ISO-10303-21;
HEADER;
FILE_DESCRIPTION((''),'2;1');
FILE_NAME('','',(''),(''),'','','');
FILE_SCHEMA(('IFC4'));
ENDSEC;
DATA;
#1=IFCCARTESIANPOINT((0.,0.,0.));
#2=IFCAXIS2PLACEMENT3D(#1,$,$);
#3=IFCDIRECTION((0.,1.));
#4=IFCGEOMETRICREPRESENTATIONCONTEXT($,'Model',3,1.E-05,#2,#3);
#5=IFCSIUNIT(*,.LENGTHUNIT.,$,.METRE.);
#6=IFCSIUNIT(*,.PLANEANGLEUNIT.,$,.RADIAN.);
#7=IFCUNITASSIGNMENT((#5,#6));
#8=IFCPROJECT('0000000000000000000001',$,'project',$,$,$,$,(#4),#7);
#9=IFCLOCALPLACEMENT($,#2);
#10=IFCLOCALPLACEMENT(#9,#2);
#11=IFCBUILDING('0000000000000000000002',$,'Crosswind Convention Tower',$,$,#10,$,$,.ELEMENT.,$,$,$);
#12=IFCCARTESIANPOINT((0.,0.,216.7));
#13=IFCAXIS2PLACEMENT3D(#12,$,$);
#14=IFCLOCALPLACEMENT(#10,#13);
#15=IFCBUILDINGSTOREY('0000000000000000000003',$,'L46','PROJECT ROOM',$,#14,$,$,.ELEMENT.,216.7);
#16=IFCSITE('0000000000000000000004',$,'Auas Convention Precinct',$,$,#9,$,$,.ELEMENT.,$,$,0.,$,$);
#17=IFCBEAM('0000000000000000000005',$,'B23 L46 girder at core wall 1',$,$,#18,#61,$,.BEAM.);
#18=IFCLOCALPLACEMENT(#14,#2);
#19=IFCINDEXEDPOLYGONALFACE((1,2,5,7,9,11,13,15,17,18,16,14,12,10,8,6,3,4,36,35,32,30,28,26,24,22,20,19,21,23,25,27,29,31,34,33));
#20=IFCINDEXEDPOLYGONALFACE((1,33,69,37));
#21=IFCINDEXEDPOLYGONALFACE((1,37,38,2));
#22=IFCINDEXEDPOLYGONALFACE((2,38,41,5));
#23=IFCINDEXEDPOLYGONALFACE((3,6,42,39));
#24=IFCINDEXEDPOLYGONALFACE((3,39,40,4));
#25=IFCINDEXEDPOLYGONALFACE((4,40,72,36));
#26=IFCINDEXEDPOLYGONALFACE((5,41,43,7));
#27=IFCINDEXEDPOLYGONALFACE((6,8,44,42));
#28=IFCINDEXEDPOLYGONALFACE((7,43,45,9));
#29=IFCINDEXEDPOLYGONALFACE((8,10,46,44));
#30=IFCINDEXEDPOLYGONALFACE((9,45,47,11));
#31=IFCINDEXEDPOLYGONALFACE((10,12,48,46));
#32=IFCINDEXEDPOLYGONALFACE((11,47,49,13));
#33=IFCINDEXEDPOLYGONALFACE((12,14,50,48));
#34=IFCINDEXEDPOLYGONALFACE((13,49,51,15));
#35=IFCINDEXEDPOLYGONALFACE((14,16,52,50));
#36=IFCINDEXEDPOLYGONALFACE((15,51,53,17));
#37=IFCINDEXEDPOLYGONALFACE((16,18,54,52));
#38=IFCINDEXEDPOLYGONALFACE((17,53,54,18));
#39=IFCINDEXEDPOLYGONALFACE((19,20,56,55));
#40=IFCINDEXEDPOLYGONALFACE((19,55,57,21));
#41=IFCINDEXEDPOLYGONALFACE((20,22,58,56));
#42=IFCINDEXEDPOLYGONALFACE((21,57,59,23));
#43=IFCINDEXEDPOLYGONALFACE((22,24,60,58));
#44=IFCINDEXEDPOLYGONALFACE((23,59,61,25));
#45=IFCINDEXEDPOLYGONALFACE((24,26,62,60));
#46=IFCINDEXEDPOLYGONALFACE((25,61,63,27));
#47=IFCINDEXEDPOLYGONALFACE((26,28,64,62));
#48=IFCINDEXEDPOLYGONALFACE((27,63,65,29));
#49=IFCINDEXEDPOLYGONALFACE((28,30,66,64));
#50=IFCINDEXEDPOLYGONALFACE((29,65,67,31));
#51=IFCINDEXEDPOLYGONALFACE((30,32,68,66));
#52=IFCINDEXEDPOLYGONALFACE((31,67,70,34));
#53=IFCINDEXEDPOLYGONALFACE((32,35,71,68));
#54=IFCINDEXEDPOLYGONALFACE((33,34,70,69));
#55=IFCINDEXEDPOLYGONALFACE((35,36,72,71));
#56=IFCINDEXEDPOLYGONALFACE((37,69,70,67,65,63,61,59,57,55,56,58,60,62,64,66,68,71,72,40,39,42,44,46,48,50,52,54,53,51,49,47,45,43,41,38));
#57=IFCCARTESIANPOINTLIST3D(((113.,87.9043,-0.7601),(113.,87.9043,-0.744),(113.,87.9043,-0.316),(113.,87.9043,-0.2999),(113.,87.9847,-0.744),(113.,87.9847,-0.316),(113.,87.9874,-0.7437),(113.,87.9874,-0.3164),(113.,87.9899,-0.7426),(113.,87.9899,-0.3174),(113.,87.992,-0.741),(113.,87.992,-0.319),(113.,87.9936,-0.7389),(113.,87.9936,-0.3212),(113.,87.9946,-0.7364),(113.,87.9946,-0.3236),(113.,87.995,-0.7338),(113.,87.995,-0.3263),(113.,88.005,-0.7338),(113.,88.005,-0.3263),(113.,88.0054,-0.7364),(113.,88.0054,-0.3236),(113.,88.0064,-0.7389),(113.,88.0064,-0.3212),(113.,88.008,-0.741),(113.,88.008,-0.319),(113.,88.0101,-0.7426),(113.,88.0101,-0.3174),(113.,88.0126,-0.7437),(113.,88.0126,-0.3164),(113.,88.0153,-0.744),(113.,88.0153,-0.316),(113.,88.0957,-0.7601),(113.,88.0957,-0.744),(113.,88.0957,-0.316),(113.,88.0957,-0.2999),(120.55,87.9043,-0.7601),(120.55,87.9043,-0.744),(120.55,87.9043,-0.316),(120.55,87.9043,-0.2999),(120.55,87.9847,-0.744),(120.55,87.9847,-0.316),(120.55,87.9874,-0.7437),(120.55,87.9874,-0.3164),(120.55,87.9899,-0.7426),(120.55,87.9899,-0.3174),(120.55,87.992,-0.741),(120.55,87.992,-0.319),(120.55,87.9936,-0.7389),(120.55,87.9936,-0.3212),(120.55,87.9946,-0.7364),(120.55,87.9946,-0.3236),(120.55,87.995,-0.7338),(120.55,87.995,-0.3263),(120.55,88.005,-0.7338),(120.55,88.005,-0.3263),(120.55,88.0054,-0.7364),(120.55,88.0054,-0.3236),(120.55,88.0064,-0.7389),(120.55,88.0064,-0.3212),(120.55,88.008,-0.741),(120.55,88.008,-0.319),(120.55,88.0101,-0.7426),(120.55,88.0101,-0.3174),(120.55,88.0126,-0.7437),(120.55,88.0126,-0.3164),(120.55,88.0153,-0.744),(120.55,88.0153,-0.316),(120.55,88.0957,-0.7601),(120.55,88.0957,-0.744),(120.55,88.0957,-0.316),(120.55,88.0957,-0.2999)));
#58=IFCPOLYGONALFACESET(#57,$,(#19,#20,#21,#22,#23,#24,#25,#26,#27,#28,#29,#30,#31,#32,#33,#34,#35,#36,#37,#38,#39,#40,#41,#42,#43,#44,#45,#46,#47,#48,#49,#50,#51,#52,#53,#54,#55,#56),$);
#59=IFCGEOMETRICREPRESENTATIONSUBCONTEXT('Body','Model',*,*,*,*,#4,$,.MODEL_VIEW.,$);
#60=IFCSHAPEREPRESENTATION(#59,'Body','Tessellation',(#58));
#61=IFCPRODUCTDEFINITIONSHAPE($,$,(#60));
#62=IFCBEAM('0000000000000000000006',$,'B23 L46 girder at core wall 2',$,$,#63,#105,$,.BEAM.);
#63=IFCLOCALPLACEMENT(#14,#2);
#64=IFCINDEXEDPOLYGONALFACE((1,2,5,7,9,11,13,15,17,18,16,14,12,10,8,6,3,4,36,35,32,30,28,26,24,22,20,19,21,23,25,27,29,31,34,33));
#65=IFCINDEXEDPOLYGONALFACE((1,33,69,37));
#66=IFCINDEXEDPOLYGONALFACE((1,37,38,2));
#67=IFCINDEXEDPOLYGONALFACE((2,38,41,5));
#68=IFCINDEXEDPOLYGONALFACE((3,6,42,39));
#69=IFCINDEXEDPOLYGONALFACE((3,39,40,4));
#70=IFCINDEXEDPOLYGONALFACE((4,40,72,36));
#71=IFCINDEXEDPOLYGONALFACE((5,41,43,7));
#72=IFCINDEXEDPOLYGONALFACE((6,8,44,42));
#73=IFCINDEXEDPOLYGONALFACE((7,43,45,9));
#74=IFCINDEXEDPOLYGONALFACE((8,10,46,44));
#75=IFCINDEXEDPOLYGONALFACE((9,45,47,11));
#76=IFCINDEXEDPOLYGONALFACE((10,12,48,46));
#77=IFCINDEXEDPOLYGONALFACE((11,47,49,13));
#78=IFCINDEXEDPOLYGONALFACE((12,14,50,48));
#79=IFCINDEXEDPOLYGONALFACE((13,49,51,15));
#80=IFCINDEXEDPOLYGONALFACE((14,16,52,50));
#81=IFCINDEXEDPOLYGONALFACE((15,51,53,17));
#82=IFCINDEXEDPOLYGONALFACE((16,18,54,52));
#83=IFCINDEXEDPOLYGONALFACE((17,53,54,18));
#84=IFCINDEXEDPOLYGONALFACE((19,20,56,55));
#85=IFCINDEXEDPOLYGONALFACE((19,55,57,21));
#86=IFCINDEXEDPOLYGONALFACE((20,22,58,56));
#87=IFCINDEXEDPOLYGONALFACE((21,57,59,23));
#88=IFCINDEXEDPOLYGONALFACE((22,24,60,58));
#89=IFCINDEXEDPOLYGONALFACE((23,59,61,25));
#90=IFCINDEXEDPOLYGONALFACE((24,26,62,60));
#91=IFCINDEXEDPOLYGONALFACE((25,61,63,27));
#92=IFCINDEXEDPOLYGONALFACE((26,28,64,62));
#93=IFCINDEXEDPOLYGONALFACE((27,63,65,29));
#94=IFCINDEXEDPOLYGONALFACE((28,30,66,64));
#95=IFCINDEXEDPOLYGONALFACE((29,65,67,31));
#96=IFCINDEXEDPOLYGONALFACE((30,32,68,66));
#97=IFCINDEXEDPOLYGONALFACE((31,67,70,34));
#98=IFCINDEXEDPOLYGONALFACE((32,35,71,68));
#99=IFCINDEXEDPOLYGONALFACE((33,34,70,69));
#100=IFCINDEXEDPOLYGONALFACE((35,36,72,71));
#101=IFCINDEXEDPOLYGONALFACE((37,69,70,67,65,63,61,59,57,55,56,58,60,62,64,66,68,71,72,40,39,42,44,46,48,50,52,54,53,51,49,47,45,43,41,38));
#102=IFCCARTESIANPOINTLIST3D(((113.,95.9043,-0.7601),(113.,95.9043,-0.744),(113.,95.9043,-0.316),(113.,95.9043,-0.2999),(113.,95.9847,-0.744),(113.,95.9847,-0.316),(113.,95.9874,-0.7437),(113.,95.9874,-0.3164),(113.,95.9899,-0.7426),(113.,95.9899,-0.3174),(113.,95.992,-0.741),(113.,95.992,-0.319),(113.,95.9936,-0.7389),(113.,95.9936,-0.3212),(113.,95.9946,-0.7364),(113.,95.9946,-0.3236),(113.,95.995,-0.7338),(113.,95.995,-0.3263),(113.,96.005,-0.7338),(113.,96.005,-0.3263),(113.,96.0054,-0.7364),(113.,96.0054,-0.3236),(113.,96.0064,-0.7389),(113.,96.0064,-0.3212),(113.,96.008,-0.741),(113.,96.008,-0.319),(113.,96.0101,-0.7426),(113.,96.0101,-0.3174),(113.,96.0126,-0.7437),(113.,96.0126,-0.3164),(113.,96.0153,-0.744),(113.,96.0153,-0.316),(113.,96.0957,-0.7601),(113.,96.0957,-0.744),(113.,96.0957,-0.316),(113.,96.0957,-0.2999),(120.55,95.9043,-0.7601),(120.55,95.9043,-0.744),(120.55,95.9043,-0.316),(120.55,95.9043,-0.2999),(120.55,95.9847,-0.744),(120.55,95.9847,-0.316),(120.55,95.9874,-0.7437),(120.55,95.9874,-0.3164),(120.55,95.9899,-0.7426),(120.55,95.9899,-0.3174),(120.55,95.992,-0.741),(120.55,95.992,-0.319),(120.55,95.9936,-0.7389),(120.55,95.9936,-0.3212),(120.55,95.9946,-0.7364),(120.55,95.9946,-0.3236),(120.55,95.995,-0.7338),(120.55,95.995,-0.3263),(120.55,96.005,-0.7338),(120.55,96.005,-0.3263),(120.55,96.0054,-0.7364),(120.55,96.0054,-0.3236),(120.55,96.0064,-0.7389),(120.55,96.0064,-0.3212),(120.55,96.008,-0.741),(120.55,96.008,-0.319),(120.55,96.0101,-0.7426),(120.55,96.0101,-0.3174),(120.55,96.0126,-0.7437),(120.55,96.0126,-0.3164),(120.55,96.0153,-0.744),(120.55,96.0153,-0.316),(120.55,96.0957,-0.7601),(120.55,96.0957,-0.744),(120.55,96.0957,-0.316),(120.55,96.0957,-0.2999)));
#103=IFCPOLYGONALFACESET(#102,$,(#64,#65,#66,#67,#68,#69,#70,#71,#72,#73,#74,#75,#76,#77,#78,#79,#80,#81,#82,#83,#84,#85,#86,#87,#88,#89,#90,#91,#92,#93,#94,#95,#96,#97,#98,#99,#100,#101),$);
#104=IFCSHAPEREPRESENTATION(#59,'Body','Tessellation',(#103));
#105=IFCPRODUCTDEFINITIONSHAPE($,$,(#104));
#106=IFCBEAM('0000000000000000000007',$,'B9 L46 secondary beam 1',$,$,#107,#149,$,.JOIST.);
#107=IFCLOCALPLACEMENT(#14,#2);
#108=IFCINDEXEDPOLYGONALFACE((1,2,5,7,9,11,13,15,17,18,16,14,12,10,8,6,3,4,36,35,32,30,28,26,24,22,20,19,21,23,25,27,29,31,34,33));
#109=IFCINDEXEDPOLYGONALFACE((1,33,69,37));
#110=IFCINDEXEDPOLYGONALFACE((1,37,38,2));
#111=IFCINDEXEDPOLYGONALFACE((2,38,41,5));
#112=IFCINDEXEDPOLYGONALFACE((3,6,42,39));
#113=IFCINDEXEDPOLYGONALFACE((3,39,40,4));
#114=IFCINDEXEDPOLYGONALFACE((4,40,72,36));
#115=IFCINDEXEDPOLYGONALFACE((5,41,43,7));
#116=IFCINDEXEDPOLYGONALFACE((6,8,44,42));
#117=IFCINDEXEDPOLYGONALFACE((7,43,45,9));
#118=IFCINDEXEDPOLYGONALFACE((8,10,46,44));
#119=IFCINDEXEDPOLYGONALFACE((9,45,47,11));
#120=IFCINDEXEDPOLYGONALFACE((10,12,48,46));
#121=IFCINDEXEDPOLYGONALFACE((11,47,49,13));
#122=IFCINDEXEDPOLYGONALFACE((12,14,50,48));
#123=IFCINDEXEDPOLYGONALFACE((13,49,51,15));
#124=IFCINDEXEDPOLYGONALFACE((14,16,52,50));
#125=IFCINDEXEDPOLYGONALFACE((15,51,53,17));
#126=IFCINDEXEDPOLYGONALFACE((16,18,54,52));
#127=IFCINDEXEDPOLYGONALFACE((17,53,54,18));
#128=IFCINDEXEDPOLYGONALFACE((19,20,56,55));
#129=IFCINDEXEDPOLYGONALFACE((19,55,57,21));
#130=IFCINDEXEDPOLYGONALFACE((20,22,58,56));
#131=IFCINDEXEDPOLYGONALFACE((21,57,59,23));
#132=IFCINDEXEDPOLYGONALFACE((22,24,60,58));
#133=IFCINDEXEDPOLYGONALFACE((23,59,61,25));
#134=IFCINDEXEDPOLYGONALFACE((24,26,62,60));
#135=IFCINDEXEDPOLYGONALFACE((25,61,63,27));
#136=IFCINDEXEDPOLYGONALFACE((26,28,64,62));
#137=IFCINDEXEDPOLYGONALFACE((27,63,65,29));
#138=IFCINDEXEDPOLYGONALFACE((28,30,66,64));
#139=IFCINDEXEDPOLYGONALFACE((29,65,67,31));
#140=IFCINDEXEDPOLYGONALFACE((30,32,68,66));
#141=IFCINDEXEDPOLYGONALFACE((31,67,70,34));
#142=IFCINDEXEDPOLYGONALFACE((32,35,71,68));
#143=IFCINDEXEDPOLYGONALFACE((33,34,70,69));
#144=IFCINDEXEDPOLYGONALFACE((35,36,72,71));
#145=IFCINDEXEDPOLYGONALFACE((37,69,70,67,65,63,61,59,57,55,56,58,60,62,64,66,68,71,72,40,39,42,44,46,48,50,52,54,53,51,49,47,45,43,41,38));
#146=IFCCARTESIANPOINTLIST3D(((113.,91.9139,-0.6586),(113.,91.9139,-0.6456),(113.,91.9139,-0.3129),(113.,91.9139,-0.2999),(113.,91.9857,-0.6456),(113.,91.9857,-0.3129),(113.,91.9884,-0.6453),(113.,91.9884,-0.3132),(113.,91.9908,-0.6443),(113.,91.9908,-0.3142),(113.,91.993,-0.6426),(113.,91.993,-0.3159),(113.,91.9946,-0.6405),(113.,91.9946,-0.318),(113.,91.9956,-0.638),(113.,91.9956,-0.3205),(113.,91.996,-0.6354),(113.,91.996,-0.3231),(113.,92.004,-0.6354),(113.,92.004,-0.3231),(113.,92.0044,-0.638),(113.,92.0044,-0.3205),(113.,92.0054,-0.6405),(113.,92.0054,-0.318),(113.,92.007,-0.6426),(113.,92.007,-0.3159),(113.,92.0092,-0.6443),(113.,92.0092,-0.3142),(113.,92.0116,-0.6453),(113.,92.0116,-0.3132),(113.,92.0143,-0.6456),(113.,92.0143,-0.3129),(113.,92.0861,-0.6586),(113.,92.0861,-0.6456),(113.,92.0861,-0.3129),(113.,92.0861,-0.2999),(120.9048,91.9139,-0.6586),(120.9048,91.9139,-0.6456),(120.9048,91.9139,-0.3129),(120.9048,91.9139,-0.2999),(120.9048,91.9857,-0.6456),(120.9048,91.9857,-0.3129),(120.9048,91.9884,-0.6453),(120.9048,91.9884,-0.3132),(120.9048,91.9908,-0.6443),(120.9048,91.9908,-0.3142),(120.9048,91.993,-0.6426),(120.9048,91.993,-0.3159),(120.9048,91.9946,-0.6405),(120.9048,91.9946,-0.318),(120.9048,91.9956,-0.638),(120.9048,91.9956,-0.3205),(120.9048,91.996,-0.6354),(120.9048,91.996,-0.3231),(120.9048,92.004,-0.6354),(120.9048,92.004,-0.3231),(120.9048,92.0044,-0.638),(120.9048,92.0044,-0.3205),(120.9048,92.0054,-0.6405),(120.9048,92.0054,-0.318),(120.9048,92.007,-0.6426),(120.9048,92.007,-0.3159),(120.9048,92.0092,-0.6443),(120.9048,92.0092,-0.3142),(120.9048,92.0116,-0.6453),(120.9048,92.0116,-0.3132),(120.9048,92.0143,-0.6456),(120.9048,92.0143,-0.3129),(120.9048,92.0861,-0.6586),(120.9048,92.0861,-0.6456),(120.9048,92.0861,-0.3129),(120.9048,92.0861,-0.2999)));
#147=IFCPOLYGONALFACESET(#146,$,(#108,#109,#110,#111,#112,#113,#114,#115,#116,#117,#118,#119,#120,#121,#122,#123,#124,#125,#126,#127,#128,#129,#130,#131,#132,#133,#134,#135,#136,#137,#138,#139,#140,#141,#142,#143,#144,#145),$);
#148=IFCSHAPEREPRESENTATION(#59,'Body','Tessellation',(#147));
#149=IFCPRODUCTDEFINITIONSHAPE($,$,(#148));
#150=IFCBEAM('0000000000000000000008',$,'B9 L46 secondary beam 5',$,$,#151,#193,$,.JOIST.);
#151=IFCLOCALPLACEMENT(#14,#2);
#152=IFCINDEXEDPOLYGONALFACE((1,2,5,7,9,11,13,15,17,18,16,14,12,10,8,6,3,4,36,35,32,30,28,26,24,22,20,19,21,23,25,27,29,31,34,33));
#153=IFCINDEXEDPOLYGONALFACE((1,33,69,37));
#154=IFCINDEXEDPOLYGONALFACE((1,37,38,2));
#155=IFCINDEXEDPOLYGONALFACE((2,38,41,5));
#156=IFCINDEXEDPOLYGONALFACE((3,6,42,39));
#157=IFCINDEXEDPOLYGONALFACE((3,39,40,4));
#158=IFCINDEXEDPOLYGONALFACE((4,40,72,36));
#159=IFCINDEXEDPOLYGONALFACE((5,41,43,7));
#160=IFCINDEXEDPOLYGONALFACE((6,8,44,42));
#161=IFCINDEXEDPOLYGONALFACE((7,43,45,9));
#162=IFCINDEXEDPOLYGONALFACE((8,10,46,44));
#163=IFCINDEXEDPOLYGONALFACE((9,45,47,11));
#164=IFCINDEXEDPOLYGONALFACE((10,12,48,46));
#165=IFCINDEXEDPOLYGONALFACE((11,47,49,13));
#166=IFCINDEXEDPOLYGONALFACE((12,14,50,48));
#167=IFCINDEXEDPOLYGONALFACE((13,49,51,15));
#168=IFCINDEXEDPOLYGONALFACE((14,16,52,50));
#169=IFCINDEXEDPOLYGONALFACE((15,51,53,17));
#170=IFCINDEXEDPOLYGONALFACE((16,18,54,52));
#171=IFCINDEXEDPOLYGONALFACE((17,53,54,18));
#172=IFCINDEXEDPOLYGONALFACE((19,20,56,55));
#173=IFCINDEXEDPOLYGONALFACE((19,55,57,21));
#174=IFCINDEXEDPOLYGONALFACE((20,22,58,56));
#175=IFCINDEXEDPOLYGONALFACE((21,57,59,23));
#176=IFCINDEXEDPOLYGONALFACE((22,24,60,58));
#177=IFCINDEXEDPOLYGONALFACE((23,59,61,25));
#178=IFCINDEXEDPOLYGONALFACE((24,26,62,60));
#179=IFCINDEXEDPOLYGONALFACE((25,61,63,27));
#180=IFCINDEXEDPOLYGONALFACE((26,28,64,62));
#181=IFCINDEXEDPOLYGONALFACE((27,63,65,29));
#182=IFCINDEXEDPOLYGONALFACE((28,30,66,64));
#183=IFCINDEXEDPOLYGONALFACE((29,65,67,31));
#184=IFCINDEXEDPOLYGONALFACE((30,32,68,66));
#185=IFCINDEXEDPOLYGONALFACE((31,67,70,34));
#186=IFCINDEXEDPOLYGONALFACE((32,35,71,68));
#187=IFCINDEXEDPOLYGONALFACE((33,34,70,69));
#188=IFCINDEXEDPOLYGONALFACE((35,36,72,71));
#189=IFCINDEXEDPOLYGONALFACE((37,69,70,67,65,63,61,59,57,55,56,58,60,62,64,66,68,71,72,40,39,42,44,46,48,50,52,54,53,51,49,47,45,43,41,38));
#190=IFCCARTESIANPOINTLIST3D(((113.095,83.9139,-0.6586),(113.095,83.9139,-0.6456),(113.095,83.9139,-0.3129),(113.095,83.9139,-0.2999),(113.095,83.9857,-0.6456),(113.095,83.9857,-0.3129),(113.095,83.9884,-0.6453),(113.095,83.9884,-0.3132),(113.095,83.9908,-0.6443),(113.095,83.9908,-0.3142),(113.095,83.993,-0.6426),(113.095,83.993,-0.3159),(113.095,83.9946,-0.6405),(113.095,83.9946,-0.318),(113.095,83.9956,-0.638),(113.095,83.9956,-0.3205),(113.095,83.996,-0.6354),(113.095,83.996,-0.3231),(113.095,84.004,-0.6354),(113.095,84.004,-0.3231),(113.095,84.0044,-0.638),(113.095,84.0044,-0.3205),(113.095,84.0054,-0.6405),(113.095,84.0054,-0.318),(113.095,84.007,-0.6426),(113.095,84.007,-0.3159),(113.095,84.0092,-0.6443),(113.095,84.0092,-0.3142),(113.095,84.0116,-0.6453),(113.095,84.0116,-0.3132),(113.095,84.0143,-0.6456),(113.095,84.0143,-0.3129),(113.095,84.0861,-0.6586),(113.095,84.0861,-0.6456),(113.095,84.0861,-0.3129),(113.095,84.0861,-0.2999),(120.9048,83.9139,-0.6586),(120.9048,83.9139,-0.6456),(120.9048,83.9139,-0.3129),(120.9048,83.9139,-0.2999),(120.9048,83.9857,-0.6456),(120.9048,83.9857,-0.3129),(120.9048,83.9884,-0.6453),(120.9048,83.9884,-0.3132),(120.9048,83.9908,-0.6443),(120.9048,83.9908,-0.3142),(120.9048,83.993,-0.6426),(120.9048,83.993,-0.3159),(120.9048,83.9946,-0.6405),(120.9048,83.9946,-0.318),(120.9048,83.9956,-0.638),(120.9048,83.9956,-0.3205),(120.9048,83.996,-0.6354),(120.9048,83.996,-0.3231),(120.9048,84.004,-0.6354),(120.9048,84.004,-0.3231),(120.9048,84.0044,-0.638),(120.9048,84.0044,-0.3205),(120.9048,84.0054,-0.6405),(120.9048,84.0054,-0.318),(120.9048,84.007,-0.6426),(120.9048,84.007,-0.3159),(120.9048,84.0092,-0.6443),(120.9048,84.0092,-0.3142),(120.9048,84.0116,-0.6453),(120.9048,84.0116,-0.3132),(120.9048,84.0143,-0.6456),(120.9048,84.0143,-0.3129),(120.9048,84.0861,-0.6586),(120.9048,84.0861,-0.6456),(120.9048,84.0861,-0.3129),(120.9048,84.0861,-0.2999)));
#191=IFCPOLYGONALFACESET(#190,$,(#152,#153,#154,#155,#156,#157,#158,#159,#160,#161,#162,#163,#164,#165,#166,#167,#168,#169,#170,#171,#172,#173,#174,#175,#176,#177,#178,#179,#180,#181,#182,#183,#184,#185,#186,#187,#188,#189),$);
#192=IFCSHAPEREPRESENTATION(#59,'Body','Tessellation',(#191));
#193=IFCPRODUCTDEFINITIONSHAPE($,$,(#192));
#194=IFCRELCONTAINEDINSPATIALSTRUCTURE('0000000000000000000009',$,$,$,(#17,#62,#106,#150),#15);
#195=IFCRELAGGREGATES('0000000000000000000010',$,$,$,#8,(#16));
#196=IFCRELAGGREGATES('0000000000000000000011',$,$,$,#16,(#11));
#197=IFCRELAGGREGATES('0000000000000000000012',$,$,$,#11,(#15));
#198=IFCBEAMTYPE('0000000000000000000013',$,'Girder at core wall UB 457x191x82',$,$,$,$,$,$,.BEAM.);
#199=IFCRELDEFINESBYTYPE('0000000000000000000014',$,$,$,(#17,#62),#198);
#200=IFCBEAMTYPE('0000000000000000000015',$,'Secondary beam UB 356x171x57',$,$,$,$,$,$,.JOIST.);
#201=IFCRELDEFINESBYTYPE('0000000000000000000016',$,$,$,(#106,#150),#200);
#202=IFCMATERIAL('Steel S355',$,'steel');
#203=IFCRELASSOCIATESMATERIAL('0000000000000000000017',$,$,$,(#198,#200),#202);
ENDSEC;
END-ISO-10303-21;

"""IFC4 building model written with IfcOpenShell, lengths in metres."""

from ifc_helpers import new_model, si_unit, direction, frame, origin, origin_2d, place, context, subcontext, project, spatial, i_section, extrude, material, material_profile, profile_set, type_object, element, save


model = new_model("IFC4")

# Units and contexts
model_context = context("Model", 3, precision=1e-05, world=origin(), true_north=direction((0.0, 1.0)))
body_context = subcontext(model_context, "Body", "Model", "MODEL_VIEW")
ifc_project = project(units=[si_unit("LENGTHUNIT", "METRE"), si_unit("PLANEANGLEUNIT", "RADIAN")], contexts=[model_context])

# Site, building, storey
site_placement = place(None, origin())
site = spatial("IfcSite", under=ifc_project, at=site_placement, Name="Auas Convention Precinct", CompositionType="ELEMENT", RefElevation=0.0)
building_placement = place(site_placement, origin())
building = spatial("IfcBuilding", under=site, at=building_placement, Name="Crosswind Convention Tower", CompositionType="ELEMENT")
storey_placement = place(building_placement, frame((0.0, 0.0, 216.7)))
storey = spatial("IfcBuildingStorey", under=building, at=storey_placement, Name="L46", Description="PROJECT ROOM", CompositionType="ELEMENT", Elevation=216.7)

# Beams
ifc_material_1 = material(Name="Steel S355", Category="steel")
ifc_material_profile_1 = material_profile(ifc_material_1, i_section(OverallWidth=0.1914, OverallDepth=0.4602, WebThickness=0.01, FlangeThickness=0.0161, FilletRadius=0.0103, at=origin_2d()), Name="UB 457x191x82")
ifc_profile_set_1 = profile_set([ifc_material_profile_1], Name="Steel S355")
beam_type_1 = type_object("IfcBeamType", Name="Girder at core wall UB 457x191x82", PredefinedType="BEAM", material=ifc_profile_set_1)
for number, where, z_axis, x_axis, name in (
    (1, (113.0, 88.0, -0.53), (1.0, 0.0, 0.0), (0.0, 1.0, 0.0), "B23 L46 girder at core wall 1"),
    (2, (113.0, 96.0, -0.53), (1.0, 0.0, 0.0), (0.0, 1.0, 0.0), "B23 L46 girder at core wall 2"),
):
    element("IfcBeam", number, at=place(storey_placement, frame(where, z_axis=z_axis, x_axis=x_axis)), inside=storey, type_object=beam_type_1, Name=name, PredefinedType="BEAM", context=body_context, shape_type="SweptSolid", body=[
        extrude(i_section(OverallWidth=0.1914, OverallDepth=0.4602, WebThickness=0.01, FlangeThickness=0.0161, FilletRadius=0.0103, at=origin_2d()), origin(), (0.0, 0.0, 1.0), 7.55),
    ])
ifc_material_profile_2 = material_profile(ifc_material_1, i_section(OverallWidth=0.1721, OverallDepth=0.3586, WebThickness=0.0081, FlangeThickness=0.0129, FilletRadius=0.0103, at=origin_2d()), Name="UB 356x171x57")
ifc_profile_set_2 = profile_set([ifc_material_profile_2], Name="Steel S355")
beam_type_2 = type_object("IfcBeamType", Name="Secondary beam UB 356x171x57", PredefinedType="JOIST", material=ifc_profile_set_2)
beam_1_placement = place(storey_placement, frame((113.0, 92.0, -0.4792), z_axis=(1.0, 0.0, 0.0), x_axis=(0.0, 1.0, 0.0)))
element("IfcBeam", 3, at=beam_1_placement, inside=storey, type_object=beam_type_2, Name="B9 L46 secondary beam 1", PredefinedType="JOIST", context=body_context, shape_type="SweptSolid", body=[
    extrude(i_section(OverallWidth=0.1721, OverallDepth=0.3586, WebThickness=0.0081, FlangeThickness=0.0129, FilletRadius=0.0103, at=origin_2d()), origin(), (0.0, 0.0, 1.0), 7.9048),
])
beam_2_placement = place(storey_placement, frame((113.095, 84.0, -0.4792), z_axis=(1.0, 0.0, 0.0), x_axis=(0.0, 1.0, 0.0)))
element("IfcBeam", 4, at=beam_2_placement, inside=storey, type_object=beam_type_2, Name="B9 L46 secondary beam 5", PredefinedType="JOIST", context=body_context, shape_type="SweptSolid", body=[
    extrude(i_section(OverallWidth=0.1721, OverallDepth=0.3586, WebThickness=0.0081, FlangeThickness=0.0129, FilletRadius=0.0103, at=origin_2d()), origin(), (0.0, 0.0, 1.0), 7.8098),
])

save(model, "model.ifc")
